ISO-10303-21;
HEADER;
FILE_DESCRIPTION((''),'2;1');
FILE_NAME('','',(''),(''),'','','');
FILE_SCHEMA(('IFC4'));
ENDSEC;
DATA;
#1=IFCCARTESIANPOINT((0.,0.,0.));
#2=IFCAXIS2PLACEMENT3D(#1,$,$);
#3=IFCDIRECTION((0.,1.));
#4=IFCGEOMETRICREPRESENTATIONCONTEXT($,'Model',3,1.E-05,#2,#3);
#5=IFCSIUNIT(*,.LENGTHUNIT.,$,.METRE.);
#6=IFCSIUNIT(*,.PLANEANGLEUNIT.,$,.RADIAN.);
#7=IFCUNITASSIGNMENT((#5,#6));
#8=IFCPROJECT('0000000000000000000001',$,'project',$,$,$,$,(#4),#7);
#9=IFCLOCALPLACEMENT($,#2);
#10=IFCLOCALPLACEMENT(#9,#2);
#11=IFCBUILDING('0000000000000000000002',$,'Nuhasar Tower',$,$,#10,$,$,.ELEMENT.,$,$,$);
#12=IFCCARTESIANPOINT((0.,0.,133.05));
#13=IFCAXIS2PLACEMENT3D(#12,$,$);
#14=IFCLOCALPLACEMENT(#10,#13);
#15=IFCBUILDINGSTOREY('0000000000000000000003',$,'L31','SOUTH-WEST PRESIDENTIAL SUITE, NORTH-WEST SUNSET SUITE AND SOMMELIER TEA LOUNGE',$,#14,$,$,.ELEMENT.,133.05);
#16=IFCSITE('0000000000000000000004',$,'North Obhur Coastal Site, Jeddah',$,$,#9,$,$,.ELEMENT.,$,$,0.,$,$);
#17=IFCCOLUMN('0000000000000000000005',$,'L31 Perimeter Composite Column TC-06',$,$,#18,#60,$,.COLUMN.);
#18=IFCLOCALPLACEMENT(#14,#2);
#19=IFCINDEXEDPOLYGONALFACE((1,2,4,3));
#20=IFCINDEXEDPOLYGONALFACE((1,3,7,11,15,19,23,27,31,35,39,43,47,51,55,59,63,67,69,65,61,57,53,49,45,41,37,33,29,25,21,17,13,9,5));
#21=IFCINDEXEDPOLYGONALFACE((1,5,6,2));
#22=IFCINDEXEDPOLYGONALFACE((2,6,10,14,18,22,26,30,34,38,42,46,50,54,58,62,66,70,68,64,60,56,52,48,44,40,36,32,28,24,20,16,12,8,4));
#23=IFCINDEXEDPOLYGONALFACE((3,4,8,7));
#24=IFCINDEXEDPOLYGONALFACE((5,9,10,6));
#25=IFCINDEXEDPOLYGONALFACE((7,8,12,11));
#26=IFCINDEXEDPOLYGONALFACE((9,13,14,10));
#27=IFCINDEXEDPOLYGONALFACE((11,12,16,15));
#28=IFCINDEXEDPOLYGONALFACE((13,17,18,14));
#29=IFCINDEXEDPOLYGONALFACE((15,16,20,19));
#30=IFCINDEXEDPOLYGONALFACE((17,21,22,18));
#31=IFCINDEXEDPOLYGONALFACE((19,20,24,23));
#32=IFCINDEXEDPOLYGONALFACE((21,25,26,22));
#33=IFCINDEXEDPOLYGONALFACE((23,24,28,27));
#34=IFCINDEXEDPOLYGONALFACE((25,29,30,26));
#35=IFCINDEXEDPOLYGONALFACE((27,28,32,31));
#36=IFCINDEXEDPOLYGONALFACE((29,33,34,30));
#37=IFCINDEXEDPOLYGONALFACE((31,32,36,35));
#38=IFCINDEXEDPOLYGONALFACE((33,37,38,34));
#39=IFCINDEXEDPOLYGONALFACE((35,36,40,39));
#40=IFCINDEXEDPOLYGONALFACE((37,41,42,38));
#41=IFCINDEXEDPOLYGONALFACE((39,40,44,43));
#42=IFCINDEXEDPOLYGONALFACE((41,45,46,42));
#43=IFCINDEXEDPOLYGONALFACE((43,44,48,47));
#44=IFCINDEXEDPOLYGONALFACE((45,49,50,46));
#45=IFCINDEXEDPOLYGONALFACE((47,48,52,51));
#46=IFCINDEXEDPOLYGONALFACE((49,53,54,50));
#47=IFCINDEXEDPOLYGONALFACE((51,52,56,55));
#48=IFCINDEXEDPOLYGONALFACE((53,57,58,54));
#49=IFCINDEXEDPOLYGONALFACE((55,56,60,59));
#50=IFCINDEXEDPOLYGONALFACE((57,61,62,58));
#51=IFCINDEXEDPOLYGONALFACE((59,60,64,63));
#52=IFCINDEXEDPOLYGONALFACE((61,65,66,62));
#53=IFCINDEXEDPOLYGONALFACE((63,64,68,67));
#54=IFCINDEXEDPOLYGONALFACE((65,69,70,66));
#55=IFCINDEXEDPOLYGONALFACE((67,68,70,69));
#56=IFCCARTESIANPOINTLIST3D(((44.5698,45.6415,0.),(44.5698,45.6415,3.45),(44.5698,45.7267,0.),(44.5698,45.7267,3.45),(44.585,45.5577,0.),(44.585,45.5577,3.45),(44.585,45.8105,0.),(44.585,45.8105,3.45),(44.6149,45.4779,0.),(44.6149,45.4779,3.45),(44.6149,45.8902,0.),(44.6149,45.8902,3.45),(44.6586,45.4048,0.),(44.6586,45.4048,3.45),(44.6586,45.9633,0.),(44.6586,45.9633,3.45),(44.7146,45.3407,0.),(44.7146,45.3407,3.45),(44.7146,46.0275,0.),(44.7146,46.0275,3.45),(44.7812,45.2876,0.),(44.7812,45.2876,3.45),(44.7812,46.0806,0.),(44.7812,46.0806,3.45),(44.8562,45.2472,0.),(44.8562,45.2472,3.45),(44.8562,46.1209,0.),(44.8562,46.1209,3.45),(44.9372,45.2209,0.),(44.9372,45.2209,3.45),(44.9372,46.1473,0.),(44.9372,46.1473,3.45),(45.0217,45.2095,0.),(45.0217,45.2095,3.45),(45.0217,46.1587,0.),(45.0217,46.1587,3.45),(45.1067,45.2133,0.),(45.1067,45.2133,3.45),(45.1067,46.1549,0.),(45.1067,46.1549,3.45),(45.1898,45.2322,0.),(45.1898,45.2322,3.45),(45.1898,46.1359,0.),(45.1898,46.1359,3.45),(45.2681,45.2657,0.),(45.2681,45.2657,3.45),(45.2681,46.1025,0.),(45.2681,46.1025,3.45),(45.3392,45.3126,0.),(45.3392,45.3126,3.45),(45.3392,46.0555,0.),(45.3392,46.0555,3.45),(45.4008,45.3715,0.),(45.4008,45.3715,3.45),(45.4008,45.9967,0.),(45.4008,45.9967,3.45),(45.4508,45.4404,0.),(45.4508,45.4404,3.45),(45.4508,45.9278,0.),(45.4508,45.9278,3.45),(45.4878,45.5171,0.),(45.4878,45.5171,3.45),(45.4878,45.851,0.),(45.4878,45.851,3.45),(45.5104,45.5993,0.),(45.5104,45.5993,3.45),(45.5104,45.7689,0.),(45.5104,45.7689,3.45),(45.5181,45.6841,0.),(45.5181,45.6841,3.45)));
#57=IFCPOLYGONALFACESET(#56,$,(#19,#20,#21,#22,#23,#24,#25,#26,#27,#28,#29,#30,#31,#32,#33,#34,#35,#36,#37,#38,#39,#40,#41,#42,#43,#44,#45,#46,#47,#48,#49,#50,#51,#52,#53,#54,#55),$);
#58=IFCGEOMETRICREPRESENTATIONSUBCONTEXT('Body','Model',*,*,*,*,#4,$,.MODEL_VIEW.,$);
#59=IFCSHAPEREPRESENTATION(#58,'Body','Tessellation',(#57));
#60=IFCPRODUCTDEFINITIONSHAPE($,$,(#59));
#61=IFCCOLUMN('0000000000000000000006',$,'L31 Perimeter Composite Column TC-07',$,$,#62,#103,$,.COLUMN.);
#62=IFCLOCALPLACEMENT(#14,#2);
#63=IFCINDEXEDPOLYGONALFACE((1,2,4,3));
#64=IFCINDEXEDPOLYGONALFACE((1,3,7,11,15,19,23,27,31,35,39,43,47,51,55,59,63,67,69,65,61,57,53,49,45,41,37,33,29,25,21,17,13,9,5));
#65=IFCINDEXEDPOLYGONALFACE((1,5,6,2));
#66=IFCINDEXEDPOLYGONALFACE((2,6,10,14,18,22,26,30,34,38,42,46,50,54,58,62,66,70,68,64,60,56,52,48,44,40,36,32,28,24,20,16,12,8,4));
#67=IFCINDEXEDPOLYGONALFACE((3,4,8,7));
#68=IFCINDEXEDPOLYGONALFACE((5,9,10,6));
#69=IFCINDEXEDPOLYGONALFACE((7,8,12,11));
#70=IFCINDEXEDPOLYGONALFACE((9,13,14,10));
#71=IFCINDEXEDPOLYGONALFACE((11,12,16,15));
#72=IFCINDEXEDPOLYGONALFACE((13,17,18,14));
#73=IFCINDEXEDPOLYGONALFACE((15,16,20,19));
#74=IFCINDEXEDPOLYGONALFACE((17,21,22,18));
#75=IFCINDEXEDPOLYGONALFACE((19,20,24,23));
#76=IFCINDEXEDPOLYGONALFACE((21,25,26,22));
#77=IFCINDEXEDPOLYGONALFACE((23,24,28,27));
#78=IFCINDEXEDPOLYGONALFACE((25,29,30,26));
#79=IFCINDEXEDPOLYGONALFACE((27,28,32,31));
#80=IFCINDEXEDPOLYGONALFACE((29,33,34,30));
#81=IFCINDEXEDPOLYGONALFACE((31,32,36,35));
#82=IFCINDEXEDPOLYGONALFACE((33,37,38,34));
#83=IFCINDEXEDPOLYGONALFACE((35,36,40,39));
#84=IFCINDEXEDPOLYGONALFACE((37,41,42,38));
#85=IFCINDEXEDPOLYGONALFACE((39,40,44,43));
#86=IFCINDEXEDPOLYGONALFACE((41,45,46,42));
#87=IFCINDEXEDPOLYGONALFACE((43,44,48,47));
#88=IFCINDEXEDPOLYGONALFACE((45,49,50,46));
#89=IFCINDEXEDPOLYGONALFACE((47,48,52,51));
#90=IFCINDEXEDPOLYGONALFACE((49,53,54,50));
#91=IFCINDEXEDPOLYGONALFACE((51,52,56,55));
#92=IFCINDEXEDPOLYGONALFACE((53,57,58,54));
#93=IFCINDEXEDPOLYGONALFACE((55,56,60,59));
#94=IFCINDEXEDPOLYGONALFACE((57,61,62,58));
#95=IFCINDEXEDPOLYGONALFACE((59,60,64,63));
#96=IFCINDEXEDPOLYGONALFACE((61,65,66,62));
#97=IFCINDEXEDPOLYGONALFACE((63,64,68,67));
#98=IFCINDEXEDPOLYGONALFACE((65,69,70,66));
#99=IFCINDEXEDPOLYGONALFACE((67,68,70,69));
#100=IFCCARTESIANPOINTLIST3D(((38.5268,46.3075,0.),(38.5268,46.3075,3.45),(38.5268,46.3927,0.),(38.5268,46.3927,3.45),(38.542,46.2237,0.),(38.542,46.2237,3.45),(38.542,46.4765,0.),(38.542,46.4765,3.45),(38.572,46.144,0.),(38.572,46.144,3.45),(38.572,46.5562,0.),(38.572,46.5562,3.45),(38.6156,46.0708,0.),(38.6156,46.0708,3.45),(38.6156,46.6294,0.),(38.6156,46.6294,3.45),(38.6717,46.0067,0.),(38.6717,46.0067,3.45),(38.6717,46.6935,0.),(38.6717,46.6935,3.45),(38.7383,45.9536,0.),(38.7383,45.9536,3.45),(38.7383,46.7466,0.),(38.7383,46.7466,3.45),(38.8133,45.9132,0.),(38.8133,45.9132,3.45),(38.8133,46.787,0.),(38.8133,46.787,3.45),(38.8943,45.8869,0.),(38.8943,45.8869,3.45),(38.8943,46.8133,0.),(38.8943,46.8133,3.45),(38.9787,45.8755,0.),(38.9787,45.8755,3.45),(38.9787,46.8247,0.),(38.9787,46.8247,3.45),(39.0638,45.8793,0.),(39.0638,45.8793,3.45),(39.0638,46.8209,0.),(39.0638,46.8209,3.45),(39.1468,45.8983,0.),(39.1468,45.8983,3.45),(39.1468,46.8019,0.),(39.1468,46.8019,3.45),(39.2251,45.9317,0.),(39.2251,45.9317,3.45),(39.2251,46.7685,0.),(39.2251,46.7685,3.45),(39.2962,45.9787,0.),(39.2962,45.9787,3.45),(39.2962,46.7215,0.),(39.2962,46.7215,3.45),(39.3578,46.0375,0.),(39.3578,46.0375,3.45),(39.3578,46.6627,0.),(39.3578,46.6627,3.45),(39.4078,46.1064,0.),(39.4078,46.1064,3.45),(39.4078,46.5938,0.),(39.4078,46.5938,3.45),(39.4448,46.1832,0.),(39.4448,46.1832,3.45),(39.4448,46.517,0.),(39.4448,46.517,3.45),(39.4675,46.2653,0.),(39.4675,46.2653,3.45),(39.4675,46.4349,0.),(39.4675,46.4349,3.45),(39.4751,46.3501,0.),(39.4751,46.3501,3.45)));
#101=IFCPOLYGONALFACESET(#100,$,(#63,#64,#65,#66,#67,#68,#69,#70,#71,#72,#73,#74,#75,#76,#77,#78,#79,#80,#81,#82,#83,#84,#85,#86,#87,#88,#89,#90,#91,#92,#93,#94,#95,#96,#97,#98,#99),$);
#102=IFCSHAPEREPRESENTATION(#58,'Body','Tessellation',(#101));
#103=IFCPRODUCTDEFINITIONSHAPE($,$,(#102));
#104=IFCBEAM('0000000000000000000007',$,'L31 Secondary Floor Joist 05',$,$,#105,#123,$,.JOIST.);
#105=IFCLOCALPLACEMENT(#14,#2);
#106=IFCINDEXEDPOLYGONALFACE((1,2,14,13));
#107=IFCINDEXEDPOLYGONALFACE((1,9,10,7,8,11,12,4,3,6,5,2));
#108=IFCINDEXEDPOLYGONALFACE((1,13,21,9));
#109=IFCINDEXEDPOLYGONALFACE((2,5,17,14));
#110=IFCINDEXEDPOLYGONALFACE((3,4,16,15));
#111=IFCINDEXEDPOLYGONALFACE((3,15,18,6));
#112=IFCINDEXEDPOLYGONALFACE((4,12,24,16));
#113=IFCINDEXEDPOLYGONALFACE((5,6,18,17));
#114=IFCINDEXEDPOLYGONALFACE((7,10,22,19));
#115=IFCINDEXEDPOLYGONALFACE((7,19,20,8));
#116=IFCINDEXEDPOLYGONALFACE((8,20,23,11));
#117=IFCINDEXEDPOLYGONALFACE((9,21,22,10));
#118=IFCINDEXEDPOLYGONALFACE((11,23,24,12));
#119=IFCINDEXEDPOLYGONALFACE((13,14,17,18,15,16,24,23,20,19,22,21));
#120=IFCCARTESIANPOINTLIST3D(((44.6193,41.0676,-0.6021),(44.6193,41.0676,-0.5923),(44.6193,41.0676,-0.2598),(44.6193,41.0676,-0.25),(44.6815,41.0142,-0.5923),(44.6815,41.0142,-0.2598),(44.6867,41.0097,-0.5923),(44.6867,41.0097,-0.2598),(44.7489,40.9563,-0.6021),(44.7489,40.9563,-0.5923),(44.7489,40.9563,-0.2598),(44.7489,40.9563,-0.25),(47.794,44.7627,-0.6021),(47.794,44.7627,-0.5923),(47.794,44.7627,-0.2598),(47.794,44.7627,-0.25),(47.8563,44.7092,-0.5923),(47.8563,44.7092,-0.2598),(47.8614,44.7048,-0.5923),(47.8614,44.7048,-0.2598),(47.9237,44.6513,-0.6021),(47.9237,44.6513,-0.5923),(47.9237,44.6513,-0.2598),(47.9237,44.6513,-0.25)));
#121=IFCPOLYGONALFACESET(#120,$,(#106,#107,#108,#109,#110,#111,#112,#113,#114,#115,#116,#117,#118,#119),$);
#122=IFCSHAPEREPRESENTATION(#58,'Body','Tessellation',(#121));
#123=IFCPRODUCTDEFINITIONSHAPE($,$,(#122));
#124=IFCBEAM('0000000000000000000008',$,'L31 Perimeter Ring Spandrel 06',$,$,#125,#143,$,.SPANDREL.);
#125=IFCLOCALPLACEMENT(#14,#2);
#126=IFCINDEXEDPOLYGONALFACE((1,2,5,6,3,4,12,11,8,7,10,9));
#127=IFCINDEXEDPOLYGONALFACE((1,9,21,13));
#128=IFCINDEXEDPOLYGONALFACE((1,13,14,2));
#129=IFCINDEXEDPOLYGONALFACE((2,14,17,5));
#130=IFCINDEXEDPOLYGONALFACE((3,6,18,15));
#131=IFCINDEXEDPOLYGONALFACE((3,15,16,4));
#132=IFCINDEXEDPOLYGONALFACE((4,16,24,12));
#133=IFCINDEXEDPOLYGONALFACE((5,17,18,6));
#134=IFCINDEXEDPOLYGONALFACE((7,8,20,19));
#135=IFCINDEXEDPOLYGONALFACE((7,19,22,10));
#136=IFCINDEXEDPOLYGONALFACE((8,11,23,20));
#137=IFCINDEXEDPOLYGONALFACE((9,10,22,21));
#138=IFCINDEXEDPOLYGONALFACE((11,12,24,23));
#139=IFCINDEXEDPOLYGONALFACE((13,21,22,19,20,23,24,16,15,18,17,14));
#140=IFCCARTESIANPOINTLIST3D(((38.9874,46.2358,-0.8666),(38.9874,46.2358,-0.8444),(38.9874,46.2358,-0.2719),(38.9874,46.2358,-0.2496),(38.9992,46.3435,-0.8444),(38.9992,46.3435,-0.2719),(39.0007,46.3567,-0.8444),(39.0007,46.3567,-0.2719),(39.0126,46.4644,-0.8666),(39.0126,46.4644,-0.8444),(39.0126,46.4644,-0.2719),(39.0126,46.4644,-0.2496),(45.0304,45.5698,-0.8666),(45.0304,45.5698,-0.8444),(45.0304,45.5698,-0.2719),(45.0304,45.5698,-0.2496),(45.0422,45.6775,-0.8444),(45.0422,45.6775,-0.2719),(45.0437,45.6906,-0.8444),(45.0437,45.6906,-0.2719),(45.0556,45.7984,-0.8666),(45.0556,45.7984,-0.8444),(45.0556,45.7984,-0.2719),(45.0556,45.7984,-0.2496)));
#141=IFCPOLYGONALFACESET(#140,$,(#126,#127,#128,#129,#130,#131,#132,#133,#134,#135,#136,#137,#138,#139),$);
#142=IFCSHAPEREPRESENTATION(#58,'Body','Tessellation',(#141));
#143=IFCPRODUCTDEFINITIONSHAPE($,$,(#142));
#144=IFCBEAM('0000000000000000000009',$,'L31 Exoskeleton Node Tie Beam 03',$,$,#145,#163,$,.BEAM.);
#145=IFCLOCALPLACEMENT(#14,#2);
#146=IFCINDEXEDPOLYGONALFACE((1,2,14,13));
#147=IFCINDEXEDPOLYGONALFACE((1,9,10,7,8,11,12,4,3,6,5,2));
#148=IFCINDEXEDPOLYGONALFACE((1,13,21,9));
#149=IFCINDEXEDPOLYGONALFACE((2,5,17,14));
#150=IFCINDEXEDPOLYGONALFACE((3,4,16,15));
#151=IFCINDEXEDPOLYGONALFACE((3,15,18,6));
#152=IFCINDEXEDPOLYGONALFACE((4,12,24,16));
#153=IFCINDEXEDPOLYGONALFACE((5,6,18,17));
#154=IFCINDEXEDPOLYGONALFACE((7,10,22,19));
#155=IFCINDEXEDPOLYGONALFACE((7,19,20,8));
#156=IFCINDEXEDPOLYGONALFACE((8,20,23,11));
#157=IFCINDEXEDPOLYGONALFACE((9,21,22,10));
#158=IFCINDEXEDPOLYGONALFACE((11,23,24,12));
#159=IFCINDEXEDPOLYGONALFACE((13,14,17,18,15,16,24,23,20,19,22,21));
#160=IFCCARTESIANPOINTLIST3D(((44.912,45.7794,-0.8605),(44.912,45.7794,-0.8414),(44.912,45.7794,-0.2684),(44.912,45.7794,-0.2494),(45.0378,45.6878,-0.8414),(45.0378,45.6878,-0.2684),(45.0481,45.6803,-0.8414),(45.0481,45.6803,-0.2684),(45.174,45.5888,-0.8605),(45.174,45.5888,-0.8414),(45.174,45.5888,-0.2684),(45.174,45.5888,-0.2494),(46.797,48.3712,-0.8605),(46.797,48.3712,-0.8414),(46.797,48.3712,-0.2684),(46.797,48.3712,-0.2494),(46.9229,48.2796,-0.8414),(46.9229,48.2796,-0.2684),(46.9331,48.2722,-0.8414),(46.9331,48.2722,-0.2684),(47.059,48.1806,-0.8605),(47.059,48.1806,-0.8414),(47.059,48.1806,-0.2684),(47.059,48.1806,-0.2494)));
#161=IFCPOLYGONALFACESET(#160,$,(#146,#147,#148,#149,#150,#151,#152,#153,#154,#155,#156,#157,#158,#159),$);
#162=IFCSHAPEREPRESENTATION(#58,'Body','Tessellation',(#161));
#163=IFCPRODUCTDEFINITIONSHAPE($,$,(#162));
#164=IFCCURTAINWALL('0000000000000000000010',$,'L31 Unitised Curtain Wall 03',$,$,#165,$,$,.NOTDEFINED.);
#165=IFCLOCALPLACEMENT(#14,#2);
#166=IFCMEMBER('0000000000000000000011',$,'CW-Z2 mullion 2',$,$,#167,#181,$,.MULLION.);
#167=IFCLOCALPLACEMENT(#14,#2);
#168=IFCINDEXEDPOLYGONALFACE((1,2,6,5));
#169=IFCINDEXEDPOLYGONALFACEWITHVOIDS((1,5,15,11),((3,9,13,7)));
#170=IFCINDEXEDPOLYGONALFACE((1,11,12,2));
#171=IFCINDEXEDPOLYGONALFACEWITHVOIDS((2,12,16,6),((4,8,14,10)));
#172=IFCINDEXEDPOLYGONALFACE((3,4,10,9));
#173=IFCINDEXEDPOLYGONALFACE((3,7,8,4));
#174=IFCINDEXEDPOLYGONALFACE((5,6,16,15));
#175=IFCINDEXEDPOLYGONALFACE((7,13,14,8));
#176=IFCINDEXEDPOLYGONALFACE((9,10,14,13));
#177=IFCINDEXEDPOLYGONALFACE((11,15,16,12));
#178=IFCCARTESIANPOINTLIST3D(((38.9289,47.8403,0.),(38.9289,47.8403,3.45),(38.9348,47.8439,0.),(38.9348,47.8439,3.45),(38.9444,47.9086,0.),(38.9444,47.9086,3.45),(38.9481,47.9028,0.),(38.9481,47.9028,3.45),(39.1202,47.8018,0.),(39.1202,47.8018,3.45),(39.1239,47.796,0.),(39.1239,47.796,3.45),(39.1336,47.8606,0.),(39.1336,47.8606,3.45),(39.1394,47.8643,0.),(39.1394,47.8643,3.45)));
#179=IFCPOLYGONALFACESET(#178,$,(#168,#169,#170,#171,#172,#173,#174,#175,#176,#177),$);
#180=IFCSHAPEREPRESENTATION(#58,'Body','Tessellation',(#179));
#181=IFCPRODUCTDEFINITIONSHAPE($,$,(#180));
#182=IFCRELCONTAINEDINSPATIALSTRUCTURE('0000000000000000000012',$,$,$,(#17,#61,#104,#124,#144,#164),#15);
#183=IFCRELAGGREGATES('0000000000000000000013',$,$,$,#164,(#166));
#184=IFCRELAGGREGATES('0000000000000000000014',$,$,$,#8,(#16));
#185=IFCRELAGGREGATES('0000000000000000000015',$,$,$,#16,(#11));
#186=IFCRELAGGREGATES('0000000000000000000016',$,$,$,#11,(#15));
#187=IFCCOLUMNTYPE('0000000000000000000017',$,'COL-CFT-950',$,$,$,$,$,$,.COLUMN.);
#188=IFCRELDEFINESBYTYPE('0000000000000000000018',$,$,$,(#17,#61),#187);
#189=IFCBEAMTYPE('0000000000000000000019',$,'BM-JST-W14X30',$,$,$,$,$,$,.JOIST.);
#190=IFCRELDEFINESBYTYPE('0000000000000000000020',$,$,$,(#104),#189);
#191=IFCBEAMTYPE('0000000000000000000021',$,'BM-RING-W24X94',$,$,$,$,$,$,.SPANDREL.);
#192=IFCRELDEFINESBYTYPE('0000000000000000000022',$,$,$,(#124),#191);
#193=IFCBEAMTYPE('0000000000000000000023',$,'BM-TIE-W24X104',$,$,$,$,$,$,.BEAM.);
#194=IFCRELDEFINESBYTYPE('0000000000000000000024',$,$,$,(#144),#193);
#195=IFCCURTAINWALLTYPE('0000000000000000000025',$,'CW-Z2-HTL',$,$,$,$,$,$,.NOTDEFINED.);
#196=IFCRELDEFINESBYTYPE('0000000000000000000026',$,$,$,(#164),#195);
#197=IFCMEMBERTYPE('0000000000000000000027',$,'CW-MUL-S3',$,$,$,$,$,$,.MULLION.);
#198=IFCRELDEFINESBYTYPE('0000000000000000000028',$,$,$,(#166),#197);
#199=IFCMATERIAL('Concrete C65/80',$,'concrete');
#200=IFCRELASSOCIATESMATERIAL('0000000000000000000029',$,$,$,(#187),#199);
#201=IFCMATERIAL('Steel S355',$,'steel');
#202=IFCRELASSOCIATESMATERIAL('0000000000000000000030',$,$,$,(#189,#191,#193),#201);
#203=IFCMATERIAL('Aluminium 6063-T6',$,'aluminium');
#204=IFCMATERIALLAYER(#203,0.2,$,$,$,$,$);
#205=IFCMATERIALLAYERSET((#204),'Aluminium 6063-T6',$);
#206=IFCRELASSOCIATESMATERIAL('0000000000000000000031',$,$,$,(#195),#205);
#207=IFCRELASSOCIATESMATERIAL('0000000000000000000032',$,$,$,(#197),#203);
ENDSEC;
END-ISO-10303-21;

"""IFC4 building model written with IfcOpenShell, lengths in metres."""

from ifc_helpers import new_model, si_unit, direction, frame, origin, origin_2d, place, context, subcontext, project, spatial, hollow_rectangle, circle, i_section, extrude, material, layer, layer_set, material_profile, profile_set, type_object, element, aggregate, save


model = new_model("IFC4")

# Units and contexts
model_context = context("Model", 3, precision=1e-05, world=origin(), true_north=direction((0.0, 1.0)))
body_context = subcontext(model_context, "Body", "Model", "MODEL_VIEW")
ifc_project = project(units=[si_unit("LENGTHUNIT", "METRE"), si_unit("PLANEANGLEUNIT", "RADIAN")], contexts=[model_context])

# Site, building, storey
site_placement = place(None, origin())
site = spatial("IfcSite", under=ifc_project, at=site_placement, Name="North Obhur Coastal Site, Jeddah", CompositionType="ELEMENT", RefElevation=0.0)
building_placement = place(site_placement, origin())
building = spatial("IfcBuilding", under=site, at=building_placement, Name="Nuhasar Tower", CompositionType="ELEMENT")
storey_placement = place(building_placement, frame((0.0, 0.0, 133.05)))
storey = spatial("IfcBuildingStorey", under=building, at=storey_placement, Name="L31", Description="SOUTH-WEST PRESIDENTIAL SUITE, NORTH-WEST SUNSET SUITE AND SOMMELIER TEA LOUNGE", CompositionType="ELEMENT", Elevation=133.05)

# Columns
ifc_material_1 = material(Name="Concrete C65/80", Category="concrete")
ifc_material_profile_1 = material_profile(ifc_material_1, circle(Radius=0.4751, at=origin_2d()), Name="CFT950")
ifc_profile_set_1 = profile_set([ifc_material_profile_1], Name="Concrete C65/80")
column_type = type_object("IfcColumnType", Name="COL-CFT-950", PredefinedType="COLUMN", material=ifc_profile_set_1)
for number, where, z_axis, x_axis, name in (
    (1, (45.043, 45.6841, 0.0), (0.0, 0.0, 1.0), (1.0, 0.0, 0.0), "L31 Perimeter Composite Column TC-06"),
    (2, (39.0, 46.3501, 0.0), (0.0, 0.0, 1.0), (1.0, 0.0, 0.0), "L31 Perimeter Composite Column TC-07"),
):
    element("IfcColumn", number, at=place(storey_placement, frame(where, z_axis=z_axis, x_axis=x_axis)), inside=storey, type_object=column_type, Name=name, PredefinedType="COLUMN", context=body_context, shape_type="SweptSolid", body=[
        extrude(circle(Radius=0.4751, at=origin_2d()), origin(), (0.0, 0.0, 1.0), 3.45),
    ])

# Beams
ifc_material_2 = material(Name="Steel S355", Category="steel")
ifc_material_profile_2 = material_profile(ifc_material_2, i_section(OverallWidth=0.1709, OverallDepth=0.3521, WebThickness=0.0068, FlangeThickness=0.0098, at=origin_2d()), Name="W14X30")
ifc_profile_set_2 = profile_set([ifc_material_profile_2], Name="Steel S355")
beam_type_1 = type_object("IfcBeamType", Name="BM-JST-W14X30", PredefinedType="JOIST", material=ifc_profile_set_2)
beam_1_placement = place(storey_placement, frame((44.6841, 41.012, -0.426), z_axis=(0.651691, 0.758485, 0.0), x_axis=(-0.758485, 0.651691, 0.0)))
element("IfcBeam", 3, at=beam_1_placement, inside=storey, type_object=beam_type_1, Name="L31 Secondary Floor Joist 05", PredefinedType="JOIST", context=body_context, shape_type="SweptSolid", body=[
    extrude(i_section(OverallWidth=0.1709, OverallDepth=0.3521, WebThickness=0.0068, FlangeThickness=0.0098, at=origin_2d()), origin(), (0.0, 0.0, 1.0), 4.8716),
])
ifc_material_profile_3 = material_profile(ifc_material_2, i_section(OverallWidth=0.23, OverallDepth=0.6169, WebThickness=0.0132, FlangeThickness=0.0222, at=origin_2d()), Name="W24X94")
ifc_profile_set_3 = profile_set([ifc_material_profile_3], Name="Steel S355")
beam_type_2 = type_object("IfcBeamType", Name="BM-RING-W24X94", PredefinedType="SPANDREL", material=ifc_profile_set_3)
beam_2_placement = place(storey_placement, frame((45.043, 45.6841, -0.5581), z_axis=(-0.993981, 0.10955, 0.0), x_axis=(-0.10955, -0.993981, 0.0)))
element("IfcBeam", 4, at=beam_2_placement, inside=storey, type_object=beam_type_2, Name="L31 Perimeter Ring Spandrel 06", PredefinedType="SPANDREL", context=body_context, shape_type="SweptSolid", body=[
    extrude(i_section(OverallWidth=0.23, OverallDepth=0.6169, WebThickness=0.0132, FlangeThickness=0.0222, at=origin_2d()), origin(), (0.0, 0.0, 1.0), 6.0796),
])
ifc_material_profile_4 = material_profile(ifc_material_2, i_section(OverallWidth=0.324, OverallDepth=0.6111, WebThickness=0.0127, FlangeThickness=0.019, at=origin_2d()), Name="W24X104")
ifc_profile_set_4 = profile_set([ifc_material_profile_4], Name="Steel S355")
beam_type_3 = type_object("IfcBeamType", Name="BM-TIE-W24X104", PredefinedType="BEAM", material=ifc_profile_set_4)
beam_3_placement = place(storey_placement, frame((45.043, 45.6841, -0.5549), z_axis=(0.588185, 0.808726, 0.0), x_axis=(-0.808726, 0.588185, 0.0)))
element("IfcBeam", 5, at=beam_3_placement, inside=storey, type_object=beam_type_3, Name="L31 Exoskeleton Node Tie Beam 03", PredefinedType="BEAM", context=body_context, shape_type="SweptSolid", body=[
    extrude(i_section(OverallWidth=0.324, OverallDepth=0.6111, WebThickness=0.0127, FlangeThickness=0.019, at=origin_2d()), origin(), (0.0, 0.0, 1.0), 3.2048),
])

# Curtain wall, member
ifc_material_3 = material(Name="Aluminium 6063-T6", Category="aluminium")
ifc_layer_1 = layer(ifc_material_3, 0.2)
ifc_layer_set_1 = layer_set([ifc_layer_1], Name="Aluminium 6063-T6")
curtain_wall_type = type_object("IfcCurtainWallType", Name="CW-Z2-HTL", PredefinedType="NOTDEFINED", material=ifc_layer_set_1)
curtain_wall_placement = place(storey_placement, origin())
curtain_wall = element("IfcCurtainWall", 6, at=curtain_wall_placement, inside=storey, type_object=curtain_wall_type, Name="L31 Unitised Curtain Wall 03", PredefinedType="NOTDEFINED")
ifc_material_profile_5 = material_profile(ifc_material_3, hollow_rectangle(XDim=0.0701, YDim=0.2, WallThickness=0.0049, at=origin_2d()), Name="CWM-3")
ifc_profile_set_5 = profile_set([ifc_material_profile_5], Name="Aluminium 6063-T6")
member_type_1 = type_object("IfcMemberType", Name="CW-MUL-S3", PredefinedType="MULLION", material=ifc_profile_set_5)
member_1_placement = place(storey_placement, frame((39.0342, 47.8523, 0.0), z_axis=(0.0, 0.0, 1.0), x_axis=(-0.221397, -0.975184, 0.0)))
member_1 = element("IfcMember", 7, at=member_1_placement, type_object=member_type_1, Name="CW-Z2 mullion 2", PredefinedType="MULLION", context=body_context, shape_type="SweptSolid", body=[
    extrude(hollow_rectangle(XDim=0.0701, YDim=0.2, WallThickness=0.0049, at=origin_2d()), origin(), (0.0, 0.0, 1.0), 3.45),
])

aggregate(curtain_wall, [member_1])

save(model, "model.ifc")
